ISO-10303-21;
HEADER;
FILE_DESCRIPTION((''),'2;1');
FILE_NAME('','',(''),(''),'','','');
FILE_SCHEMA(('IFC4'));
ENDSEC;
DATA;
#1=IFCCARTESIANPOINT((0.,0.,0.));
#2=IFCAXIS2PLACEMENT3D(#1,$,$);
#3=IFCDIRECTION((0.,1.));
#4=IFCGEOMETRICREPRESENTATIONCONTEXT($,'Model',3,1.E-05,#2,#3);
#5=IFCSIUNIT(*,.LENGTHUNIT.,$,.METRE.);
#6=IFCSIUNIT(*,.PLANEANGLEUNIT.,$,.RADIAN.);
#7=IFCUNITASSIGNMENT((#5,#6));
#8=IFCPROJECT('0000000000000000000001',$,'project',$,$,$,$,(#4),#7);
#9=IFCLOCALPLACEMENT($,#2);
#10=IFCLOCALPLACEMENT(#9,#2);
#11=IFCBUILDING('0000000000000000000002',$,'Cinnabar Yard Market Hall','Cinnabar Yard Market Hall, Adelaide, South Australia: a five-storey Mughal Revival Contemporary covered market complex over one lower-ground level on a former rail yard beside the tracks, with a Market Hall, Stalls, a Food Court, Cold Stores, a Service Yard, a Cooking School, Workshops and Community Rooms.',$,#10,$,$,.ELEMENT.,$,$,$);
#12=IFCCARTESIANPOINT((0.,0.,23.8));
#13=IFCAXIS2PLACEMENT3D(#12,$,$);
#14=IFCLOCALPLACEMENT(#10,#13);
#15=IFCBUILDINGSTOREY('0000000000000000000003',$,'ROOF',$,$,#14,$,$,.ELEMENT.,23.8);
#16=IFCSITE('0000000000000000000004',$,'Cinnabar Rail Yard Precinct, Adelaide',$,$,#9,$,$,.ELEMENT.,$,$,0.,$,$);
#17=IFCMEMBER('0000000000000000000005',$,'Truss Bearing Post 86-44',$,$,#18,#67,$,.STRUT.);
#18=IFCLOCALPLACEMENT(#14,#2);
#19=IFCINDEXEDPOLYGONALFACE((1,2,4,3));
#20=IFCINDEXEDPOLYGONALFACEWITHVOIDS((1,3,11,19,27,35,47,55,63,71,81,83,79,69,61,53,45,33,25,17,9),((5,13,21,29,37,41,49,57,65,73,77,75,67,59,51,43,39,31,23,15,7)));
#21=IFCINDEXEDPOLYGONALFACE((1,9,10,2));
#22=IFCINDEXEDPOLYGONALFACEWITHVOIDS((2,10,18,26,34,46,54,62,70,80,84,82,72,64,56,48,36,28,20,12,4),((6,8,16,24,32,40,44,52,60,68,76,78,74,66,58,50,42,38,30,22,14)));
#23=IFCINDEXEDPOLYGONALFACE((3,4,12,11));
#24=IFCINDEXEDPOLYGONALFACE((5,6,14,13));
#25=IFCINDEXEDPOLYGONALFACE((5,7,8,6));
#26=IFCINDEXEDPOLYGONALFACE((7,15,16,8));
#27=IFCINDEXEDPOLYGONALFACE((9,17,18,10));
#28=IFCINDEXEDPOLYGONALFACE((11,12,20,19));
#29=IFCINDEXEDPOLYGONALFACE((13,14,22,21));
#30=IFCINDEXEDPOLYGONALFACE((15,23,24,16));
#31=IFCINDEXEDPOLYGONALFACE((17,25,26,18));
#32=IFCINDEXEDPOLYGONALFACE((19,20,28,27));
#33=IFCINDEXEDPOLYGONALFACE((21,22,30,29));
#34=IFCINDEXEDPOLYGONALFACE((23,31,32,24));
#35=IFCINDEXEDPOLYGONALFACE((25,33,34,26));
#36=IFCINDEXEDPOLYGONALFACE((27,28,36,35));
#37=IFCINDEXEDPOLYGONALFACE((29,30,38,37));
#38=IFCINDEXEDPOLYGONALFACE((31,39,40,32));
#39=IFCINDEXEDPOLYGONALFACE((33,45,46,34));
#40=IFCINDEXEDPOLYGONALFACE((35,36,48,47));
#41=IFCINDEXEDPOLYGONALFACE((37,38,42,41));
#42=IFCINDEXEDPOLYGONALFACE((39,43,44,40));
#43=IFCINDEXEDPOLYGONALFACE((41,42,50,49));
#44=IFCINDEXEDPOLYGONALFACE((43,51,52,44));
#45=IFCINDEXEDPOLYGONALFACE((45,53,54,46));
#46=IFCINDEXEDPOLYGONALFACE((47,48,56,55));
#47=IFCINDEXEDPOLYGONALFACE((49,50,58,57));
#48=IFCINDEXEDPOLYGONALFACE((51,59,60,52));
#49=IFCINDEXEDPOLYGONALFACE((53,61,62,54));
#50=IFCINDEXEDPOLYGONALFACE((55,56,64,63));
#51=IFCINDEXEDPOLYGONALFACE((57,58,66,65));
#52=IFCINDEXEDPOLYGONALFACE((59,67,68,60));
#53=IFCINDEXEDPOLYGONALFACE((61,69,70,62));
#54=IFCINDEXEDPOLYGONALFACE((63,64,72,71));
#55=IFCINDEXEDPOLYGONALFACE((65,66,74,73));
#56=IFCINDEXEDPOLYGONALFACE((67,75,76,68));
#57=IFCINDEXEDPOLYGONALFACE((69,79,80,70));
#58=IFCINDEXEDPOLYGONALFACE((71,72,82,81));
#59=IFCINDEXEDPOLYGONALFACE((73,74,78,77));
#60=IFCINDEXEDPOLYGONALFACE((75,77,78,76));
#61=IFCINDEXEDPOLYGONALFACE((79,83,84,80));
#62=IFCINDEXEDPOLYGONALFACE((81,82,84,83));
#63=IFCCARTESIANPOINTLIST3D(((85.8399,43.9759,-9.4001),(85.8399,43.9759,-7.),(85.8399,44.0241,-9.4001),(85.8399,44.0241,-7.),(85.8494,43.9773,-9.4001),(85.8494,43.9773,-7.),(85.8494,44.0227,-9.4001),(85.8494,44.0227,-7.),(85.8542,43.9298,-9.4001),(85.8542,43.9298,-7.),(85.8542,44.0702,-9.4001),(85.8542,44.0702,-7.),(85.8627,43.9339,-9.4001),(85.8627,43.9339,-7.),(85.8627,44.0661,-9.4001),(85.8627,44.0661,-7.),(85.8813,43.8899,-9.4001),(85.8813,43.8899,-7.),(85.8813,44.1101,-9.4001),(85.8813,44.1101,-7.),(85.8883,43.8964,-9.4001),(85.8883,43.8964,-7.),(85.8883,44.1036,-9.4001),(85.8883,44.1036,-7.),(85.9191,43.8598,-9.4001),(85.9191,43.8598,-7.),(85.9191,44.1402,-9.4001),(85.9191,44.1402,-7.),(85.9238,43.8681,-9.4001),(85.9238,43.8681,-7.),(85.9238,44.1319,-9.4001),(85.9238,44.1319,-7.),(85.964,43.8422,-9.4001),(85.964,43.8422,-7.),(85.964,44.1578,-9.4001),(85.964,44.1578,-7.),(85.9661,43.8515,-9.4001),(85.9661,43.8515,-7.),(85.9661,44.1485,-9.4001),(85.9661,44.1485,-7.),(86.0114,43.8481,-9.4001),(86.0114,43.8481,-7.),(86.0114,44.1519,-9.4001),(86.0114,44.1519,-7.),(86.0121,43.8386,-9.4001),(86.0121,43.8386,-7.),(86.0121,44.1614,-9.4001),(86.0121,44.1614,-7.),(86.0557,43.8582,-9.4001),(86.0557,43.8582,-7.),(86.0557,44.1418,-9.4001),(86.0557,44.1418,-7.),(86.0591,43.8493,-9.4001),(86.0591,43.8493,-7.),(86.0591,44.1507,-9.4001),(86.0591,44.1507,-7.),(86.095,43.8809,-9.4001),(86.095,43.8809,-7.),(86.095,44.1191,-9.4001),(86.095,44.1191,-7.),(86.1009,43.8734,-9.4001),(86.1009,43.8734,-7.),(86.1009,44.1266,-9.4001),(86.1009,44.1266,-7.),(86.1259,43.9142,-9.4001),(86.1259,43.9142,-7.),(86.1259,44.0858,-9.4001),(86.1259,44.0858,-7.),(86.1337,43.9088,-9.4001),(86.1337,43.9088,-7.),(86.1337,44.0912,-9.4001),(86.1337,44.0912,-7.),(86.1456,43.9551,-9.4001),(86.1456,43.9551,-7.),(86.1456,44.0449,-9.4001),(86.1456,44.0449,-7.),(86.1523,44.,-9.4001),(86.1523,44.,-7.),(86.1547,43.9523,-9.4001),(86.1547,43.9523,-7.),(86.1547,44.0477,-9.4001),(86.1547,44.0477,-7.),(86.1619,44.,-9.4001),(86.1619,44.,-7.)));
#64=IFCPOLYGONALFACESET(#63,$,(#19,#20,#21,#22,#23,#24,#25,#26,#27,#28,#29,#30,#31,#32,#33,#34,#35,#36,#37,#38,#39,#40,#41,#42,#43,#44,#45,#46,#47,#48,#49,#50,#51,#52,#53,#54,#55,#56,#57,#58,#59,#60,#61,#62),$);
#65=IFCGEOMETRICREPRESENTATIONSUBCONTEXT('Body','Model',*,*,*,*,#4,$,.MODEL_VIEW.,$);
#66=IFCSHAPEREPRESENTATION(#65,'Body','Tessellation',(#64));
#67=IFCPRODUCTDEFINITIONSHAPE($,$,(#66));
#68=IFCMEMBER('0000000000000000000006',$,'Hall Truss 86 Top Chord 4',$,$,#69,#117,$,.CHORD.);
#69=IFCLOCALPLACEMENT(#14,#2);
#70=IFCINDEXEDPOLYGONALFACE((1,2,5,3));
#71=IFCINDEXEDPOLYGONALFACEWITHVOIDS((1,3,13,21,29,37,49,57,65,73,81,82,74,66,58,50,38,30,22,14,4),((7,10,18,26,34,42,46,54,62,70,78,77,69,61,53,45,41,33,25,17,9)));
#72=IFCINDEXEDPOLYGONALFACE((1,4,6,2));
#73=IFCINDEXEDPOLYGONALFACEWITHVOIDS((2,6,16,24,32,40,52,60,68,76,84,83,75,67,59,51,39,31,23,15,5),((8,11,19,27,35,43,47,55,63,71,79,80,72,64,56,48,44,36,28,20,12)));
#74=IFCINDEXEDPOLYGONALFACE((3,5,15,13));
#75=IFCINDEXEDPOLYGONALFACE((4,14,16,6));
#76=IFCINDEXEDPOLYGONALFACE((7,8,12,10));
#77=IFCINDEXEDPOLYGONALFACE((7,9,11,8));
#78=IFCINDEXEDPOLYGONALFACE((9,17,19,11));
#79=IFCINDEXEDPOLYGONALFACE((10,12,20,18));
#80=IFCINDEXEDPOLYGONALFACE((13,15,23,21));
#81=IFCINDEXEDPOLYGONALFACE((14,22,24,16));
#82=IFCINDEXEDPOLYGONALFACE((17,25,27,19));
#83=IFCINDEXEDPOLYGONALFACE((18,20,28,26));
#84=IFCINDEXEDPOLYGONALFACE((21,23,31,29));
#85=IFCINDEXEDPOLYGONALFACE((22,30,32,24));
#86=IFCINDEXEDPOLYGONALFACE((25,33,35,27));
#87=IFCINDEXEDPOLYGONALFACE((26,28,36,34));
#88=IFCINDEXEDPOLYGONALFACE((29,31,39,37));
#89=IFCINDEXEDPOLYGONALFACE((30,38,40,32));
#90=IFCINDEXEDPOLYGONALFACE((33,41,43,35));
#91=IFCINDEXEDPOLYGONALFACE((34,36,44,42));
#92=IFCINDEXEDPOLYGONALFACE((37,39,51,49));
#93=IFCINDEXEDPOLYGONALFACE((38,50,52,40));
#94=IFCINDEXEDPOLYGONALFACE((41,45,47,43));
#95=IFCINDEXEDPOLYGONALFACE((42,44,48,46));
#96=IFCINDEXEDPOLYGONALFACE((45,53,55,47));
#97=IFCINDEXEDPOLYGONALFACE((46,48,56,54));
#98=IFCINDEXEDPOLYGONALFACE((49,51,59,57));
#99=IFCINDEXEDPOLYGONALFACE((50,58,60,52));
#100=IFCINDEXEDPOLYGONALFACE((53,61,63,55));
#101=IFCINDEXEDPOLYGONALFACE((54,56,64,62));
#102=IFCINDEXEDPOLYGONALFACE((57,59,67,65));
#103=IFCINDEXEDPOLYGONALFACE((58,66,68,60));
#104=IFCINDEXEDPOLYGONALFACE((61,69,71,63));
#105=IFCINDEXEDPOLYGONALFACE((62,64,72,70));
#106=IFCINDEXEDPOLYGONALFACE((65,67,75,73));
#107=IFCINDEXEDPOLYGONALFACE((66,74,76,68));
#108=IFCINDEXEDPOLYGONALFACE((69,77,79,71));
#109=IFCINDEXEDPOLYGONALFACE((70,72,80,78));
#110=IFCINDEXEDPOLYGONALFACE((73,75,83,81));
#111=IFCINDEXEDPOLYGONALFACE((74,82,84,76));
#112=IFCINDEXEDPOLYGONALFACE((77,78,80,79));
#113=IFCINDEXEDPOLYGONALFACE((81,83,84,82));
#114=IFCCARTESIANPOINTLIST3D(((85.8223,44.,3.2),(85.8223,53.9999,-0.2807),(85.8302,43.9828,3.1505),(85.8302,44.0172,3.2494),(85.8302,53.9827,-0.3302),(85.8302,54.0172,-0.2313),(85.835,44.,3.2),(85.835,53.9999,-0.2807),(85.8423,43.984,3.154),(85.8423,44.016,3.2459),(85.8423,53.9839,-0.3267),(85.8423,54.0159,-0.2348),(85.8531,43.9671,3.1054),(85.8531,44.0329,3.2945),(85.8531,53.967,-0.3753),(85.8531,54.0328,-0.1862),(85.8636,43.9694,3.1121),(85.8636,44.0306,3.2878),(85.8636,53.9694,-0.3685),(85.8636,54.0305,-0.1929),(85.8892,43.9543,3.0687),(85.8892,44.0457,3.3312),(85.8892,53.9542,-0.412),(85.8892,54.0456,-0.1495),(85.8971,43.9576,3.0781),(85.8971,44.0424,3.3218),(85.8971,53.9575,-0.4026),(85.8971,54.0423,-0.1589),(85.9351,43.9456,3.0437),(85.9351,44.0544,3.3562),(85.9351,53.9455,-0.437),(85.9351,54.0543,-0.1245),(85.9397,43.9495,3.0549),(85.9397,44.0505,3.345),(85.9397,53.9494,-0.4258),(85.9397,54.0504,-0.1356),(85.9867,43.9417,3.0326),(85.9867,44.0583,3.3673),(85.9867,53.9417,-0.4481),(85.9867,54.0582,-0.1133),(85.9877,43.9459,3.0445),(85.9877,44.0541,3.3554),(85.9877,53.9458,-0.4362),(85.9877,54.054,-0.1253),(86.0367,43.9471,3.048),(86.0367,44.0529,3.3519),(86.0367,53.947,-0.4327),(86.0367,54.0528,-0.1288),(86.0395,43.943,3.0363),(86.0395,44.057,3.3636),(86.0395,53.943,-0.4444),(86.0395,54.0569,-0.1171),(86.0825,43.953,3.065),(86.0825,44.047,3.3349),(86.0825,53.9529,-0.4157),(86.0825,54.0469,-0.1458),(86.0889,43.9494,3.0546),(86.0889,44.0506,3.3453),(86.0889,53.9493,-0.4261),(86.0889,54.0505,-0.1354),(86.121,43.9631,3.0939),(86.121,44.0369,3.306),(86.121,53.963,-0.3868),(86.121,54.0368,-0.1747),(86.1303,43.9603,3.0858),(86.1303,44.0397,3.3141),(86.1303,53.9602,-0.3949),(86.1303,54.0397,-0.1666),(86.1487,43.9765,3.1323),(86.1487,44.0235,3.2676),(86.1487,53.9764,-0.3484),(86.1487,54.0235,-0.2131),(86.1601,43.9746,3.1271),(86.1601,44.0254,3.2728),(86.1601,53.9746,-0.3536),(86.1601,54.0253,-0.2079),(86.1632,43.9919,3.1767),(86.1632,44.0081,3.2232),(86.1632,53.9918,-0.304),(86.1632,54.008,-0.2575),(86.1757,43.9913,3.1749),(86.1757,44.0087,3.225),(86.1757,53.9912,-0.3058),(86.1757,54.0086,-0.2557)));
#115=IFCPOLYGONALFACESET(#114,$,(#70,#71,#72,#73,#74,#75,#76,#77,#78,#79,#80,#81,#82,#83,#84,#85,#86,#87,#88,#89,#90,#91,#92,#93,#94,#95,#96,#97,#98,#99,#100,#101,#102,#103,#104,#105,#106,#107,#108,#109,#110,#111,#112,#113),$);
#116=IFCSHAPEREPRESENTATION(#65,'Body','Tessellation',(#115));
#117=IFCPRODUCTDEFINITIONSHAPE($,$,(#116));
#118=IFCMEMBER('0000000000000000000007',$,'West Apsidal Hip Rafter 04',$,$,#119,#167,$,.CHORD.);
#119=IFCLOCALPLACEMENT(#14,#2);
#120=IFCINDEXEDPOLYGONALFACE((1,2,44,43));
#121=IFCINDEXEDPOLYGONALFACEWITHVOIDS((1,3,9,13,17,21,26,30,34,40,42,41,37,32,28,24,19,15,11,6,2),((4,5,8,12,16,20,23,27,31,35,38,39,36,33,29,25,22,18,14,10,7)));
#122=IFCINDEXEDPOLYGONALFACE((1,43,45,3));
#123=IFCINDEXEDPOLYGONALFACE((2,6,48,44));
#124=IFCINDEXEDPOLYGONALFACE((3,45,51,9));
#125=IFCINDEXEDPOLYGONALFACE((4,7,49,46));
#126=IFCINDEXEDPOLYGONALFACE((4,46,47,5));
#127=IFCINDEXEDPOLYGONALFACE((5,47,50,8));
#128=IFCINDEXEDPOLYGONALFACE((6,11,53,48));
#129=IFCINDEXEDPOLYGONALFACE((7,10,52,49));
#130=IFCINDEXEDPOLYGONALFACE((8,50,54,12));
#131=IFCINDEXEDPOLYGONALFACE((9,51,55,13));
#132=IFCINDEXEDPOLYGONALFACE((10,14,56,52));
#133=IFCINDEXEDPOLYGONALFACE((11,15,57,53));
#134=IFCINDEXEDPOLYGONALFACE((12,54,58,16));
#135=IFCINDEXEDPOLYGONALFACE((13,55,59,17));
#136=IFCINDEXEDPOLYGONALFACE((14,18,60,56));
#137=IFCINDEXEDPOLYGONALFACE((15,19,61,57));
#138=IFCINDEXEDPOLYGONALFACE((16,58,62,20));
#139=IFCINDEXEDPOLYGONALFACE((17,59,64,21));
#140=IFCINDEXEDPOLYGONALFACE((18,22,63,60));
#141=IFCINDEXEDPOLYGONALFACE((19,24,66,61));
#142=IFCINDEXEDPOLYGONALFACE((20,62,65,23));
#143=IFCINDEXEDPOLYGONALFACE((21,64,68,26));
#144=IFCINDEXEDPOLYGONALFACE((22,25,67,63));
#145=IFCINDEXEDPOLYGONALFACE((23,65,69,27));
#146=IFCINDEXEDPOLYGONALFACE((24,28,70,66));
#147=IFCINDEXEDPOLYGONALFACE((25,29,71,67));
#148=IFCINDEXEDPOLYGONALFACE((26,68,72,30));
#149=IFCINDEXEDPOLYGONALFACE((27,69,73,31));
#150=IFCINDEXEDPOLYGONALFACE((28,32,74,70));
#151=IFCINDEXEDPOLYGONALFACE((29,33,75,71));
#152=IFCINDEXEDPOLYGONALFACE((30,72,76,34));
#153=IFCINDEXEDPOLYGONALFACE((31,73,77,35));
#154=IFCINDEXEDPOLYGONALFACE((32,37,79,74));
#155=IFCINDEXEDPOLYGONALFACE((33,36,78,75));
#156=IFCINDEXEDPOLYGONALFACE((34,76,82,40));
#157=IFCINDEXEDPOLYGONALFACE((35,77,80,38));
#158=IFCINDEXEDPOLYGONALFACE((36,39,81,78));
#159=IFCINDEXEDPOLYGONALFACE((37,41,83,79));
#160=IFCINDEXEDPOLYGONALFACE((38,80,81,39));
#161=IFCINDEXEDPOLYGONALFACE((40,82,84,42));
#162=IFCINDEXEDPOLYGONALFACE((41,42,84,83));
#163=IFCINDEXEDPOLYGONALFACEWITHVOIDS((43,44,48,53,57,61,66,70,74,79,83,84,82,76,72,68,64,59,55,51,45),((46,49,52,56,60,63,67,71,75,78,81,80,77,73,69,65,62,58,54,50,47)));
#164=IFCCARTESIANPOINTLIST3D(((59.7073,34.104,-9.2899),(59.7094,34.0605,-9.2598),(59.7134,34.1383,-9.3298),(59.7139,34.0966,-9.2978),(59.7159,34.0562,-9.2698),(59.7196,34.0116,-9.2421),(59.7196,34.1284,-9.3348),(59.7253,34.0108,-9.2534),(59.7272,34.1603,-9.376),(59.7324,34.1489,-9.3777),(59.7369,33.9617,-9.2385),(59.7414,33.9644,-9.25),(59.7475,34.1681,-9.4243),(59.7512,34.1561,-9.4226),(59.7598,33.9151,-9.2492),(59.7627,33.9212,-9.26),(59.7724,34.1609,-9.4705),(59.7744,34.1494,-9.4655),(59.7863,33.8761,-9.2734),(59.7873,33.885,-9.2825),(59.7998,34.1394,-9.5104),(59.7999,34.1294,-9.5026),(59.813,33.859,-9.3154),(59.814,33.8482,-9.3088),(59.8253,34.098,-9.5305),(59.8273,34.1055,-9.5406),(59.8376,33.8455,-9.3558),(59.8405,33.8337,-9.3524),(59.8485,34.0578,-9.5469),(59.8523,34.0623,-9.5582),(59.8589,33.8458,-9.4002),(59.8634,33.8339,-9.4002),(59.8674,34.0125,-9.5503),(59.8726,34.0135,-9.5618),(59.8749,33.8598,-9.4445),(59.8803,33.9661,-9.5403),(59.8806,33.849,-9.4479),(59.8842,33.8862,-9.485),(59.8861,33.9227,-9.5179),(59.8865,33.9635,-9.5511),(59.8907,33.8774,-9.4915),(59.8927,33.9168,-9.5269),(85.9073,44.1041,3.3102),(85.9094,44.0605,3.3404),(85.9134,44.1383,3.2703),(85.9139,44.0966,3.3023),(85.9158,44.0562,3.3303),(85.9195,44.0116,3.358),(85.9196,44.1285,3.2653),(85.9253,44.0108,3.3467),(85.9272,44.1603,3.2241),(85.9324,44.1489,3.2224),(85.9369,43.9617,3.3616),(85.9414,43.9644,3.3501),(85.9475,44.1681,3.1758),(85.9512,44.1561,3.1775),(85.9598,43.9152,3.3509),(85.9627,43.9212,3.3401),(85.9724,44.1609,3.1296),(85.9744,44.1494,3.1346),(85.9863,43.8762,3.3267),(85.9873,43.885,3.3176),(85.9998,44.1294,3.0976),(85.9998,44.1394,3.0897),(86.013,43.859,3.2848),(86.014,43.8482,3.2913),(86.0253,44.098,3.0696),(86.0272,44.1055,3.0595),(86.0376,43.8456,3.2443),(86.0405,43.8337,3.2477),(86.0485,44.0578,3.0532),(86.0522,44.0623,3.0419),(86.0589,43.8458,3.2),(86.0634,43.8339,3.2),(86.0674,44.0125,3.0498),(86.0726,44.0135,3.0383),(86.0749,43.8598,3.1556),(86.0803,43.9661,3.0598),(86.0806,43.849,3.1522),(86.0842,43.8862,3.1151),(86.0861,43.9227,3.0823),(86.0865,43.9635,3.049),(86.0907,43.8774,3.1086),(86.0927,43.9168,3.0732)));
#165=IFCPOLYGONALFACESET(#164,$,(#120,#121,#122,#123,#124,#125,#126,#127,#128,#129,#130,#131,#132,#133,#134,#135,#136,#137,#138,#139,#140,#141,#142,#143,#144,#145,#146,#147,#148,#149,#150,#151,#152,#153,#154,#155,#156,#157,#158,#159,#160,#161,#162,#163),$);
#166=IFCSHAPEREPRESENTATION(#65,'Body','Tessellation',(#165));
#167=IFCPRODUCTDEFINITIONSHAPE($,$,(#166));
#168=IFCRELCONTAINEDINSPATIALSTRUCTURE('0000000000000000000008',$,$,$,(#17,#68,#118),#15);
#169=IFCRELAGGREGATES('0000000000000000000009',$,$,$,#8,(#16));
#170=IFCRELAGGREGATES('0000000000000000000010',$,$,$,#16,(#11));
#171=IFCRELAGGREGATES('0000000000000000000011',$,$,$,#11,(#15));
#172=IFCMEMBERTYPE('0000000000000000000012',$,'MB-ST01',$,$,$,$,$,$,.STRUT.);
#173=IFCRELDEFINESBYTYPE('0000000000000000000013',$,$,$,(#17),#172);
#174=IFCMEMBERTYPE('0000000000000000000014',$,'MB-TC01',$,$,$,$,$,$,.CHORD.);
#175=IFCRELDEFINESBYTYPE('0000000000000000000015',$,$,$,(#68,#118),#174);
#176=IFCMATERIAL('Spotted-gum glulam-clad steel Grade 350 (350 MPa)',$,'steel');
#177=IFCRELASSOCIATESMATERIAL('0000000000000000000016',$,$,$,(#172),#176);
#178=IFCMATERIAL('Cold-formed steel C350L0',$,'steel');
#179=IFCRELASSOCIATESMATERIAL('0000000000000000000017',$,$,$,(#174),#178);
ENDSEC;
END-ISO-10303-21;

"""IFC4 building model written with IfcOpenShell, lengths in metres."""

from ifc_helpers import new_model, si_unit, direction, frame, origin, origin_2d_with_axis, place, context, subcontext, project, spatial, hollow_circle, extrude, material, material_profile, profile_set, type_object, element, save


model = new_model("IFC4")

# Units and contexts
model_context = context("Model", 3, precision=1e-05, world=origin(), true_north=direction((0.0, 1.0)))
body_context = subcontext(model_context, "Body", "Model", "MODEL_VIEW")
ifc_project = project(units=[si_unit("LENGTHUNIT", "METRE"), si_unit("PLANEANGLEUNIT", "RADIAN")], contexts=[model_context])

# Site, building, storey
site_placement = place(None, origin())
site = spatial("IfcSite", under=ifc_project, at=site_placement, Name="Cinnabar Rail Yard Precinct, Adelaide", CompositionType="ELEMENT", RefElevation=0.0)
building_placement = place(site_placement, origin())
building = spatial("IfcBuilding", under=site, at=building_placement, Name="Cinnabar Yard Market Hall", Description="Cinnabar Yard Market Hall, Adelaide, South Australia: a five-storey Mughal Revival Contemporary covered market complex over one lower-ground level on a former rail yard beside the tracks, with a Market Hall, Stalls, a Food Court, Cold Stores, a Service Yard, a Cooking School, Workshops and Community Rooms.", CompositionType="ELEMENT")
storey_placement = place(building_placement, frame((0.0, 0.0, 23.8)))
storey = spatial("IfcBuildingStorey", under=building, at=storey_placement, Name="ROOF", CompositionType="ELEMENT", Elevation=23.8)

# Members
ifc_material_1 = material(Name="Cold-formed steel C350L0", Category="steel")
ifc_material_2 = material(Name="Spotted-gum glulam-clad steel Grade 350 (350 MPa)", Category="steel")
ifc_material_profile_1 = material_profile(ifc_material_2, hollow_circle(Radius=0.1619, WallThickness=0.0095, at=origin_2d_with_axis()), Name="323.9x9.5CHS")
ifc_profile_set_1 = profile_set([ifc_material_profile_1], Name="Spotted-gum glulam-clad steel Grade 350 (350 MPa)")
member_type_1 = type_object("IfcMemberType", Name="MB-ST01", PredefinedType="STRUT", material=ifc_profile_set_1)
member_1_placement = place(storey_placement, frame((86.0, 44.0, -9.4001), z_axis=(0.0, 0.0, 1.0), x_axis=(1.0, 0.0, 0.0)))
element("IfcMember", 1, at=member_1_placement, inside=storey, type_object=member_type_1, Name="Truss Bearing Post 86-44", PredefinedType="STRUT", context=body_context, shape_type="SweptSolid", body=[
    extrude(hollow_circle(Radius=0.1619, WallThickness=0.0095, at=origin_2d_with_axis()), origin(), (0.0, 0.0, 1.0), 2.4001),
])
ifc_material_profile_2 = material_profile(ifc_material_1, hollow_circle(Radius=0.1777, WallThickness=0.0127, at=origin_2d_with_axis()), Name="355.6x12.7CHS")
ifc_profile_set_2 = profile_set([ifc_material_profile_2], Name="Cold-formed steel C350L0")
member_type_2 = type_object("IfcMemberType", Name="MB-TC01", PredefinedType="CHORD", material=ifc_profile_set_2)
member_2_placement = place(storey_placement, frame((86.0, 44.0, 3.2), z_axis=(0.0, 0.944425, -0.328727), x_axis=(-1.0, 0.0, 0.0)))
element("IfcMember", 2, at=member_2_placement, inside=storey, type_object=member_type_2, Name="Hall Truss 86 Top Chord 4", PredefinedType="CHORD", context=body_context, shape_type="SweptSolid", body=[
    extrude(hollow_circle(Radius=0.1777, WallThickness=0.0127, at=origin_2d_with_axis()), origin(), (0.0, 0.0, 1.0), 10.5884),
])
member_3_placement = place(storey_placement, frame((86.0, 44.0, 3.2), z_axis=(-0.852194, -0.325266, -0.409838), x_axis=(0.356589, -0.934261, 0.0)))
element("IfcMember", 3, at=member_3_placement, inside=storey, type_object=member_type_2, Name="West Apsidal Hip Rafter 04", PredefinedType="CHORD", context=body_context, shape_type="SweptSolid", body=[
    extrude(hollow_circle(Radius=0.1777, WallThickness=0.0127, at=origin_2d_with_axis()), origin(), (0.0, 0.0, 1.0), 30.7441),
])

save(model, "model.ifc")
